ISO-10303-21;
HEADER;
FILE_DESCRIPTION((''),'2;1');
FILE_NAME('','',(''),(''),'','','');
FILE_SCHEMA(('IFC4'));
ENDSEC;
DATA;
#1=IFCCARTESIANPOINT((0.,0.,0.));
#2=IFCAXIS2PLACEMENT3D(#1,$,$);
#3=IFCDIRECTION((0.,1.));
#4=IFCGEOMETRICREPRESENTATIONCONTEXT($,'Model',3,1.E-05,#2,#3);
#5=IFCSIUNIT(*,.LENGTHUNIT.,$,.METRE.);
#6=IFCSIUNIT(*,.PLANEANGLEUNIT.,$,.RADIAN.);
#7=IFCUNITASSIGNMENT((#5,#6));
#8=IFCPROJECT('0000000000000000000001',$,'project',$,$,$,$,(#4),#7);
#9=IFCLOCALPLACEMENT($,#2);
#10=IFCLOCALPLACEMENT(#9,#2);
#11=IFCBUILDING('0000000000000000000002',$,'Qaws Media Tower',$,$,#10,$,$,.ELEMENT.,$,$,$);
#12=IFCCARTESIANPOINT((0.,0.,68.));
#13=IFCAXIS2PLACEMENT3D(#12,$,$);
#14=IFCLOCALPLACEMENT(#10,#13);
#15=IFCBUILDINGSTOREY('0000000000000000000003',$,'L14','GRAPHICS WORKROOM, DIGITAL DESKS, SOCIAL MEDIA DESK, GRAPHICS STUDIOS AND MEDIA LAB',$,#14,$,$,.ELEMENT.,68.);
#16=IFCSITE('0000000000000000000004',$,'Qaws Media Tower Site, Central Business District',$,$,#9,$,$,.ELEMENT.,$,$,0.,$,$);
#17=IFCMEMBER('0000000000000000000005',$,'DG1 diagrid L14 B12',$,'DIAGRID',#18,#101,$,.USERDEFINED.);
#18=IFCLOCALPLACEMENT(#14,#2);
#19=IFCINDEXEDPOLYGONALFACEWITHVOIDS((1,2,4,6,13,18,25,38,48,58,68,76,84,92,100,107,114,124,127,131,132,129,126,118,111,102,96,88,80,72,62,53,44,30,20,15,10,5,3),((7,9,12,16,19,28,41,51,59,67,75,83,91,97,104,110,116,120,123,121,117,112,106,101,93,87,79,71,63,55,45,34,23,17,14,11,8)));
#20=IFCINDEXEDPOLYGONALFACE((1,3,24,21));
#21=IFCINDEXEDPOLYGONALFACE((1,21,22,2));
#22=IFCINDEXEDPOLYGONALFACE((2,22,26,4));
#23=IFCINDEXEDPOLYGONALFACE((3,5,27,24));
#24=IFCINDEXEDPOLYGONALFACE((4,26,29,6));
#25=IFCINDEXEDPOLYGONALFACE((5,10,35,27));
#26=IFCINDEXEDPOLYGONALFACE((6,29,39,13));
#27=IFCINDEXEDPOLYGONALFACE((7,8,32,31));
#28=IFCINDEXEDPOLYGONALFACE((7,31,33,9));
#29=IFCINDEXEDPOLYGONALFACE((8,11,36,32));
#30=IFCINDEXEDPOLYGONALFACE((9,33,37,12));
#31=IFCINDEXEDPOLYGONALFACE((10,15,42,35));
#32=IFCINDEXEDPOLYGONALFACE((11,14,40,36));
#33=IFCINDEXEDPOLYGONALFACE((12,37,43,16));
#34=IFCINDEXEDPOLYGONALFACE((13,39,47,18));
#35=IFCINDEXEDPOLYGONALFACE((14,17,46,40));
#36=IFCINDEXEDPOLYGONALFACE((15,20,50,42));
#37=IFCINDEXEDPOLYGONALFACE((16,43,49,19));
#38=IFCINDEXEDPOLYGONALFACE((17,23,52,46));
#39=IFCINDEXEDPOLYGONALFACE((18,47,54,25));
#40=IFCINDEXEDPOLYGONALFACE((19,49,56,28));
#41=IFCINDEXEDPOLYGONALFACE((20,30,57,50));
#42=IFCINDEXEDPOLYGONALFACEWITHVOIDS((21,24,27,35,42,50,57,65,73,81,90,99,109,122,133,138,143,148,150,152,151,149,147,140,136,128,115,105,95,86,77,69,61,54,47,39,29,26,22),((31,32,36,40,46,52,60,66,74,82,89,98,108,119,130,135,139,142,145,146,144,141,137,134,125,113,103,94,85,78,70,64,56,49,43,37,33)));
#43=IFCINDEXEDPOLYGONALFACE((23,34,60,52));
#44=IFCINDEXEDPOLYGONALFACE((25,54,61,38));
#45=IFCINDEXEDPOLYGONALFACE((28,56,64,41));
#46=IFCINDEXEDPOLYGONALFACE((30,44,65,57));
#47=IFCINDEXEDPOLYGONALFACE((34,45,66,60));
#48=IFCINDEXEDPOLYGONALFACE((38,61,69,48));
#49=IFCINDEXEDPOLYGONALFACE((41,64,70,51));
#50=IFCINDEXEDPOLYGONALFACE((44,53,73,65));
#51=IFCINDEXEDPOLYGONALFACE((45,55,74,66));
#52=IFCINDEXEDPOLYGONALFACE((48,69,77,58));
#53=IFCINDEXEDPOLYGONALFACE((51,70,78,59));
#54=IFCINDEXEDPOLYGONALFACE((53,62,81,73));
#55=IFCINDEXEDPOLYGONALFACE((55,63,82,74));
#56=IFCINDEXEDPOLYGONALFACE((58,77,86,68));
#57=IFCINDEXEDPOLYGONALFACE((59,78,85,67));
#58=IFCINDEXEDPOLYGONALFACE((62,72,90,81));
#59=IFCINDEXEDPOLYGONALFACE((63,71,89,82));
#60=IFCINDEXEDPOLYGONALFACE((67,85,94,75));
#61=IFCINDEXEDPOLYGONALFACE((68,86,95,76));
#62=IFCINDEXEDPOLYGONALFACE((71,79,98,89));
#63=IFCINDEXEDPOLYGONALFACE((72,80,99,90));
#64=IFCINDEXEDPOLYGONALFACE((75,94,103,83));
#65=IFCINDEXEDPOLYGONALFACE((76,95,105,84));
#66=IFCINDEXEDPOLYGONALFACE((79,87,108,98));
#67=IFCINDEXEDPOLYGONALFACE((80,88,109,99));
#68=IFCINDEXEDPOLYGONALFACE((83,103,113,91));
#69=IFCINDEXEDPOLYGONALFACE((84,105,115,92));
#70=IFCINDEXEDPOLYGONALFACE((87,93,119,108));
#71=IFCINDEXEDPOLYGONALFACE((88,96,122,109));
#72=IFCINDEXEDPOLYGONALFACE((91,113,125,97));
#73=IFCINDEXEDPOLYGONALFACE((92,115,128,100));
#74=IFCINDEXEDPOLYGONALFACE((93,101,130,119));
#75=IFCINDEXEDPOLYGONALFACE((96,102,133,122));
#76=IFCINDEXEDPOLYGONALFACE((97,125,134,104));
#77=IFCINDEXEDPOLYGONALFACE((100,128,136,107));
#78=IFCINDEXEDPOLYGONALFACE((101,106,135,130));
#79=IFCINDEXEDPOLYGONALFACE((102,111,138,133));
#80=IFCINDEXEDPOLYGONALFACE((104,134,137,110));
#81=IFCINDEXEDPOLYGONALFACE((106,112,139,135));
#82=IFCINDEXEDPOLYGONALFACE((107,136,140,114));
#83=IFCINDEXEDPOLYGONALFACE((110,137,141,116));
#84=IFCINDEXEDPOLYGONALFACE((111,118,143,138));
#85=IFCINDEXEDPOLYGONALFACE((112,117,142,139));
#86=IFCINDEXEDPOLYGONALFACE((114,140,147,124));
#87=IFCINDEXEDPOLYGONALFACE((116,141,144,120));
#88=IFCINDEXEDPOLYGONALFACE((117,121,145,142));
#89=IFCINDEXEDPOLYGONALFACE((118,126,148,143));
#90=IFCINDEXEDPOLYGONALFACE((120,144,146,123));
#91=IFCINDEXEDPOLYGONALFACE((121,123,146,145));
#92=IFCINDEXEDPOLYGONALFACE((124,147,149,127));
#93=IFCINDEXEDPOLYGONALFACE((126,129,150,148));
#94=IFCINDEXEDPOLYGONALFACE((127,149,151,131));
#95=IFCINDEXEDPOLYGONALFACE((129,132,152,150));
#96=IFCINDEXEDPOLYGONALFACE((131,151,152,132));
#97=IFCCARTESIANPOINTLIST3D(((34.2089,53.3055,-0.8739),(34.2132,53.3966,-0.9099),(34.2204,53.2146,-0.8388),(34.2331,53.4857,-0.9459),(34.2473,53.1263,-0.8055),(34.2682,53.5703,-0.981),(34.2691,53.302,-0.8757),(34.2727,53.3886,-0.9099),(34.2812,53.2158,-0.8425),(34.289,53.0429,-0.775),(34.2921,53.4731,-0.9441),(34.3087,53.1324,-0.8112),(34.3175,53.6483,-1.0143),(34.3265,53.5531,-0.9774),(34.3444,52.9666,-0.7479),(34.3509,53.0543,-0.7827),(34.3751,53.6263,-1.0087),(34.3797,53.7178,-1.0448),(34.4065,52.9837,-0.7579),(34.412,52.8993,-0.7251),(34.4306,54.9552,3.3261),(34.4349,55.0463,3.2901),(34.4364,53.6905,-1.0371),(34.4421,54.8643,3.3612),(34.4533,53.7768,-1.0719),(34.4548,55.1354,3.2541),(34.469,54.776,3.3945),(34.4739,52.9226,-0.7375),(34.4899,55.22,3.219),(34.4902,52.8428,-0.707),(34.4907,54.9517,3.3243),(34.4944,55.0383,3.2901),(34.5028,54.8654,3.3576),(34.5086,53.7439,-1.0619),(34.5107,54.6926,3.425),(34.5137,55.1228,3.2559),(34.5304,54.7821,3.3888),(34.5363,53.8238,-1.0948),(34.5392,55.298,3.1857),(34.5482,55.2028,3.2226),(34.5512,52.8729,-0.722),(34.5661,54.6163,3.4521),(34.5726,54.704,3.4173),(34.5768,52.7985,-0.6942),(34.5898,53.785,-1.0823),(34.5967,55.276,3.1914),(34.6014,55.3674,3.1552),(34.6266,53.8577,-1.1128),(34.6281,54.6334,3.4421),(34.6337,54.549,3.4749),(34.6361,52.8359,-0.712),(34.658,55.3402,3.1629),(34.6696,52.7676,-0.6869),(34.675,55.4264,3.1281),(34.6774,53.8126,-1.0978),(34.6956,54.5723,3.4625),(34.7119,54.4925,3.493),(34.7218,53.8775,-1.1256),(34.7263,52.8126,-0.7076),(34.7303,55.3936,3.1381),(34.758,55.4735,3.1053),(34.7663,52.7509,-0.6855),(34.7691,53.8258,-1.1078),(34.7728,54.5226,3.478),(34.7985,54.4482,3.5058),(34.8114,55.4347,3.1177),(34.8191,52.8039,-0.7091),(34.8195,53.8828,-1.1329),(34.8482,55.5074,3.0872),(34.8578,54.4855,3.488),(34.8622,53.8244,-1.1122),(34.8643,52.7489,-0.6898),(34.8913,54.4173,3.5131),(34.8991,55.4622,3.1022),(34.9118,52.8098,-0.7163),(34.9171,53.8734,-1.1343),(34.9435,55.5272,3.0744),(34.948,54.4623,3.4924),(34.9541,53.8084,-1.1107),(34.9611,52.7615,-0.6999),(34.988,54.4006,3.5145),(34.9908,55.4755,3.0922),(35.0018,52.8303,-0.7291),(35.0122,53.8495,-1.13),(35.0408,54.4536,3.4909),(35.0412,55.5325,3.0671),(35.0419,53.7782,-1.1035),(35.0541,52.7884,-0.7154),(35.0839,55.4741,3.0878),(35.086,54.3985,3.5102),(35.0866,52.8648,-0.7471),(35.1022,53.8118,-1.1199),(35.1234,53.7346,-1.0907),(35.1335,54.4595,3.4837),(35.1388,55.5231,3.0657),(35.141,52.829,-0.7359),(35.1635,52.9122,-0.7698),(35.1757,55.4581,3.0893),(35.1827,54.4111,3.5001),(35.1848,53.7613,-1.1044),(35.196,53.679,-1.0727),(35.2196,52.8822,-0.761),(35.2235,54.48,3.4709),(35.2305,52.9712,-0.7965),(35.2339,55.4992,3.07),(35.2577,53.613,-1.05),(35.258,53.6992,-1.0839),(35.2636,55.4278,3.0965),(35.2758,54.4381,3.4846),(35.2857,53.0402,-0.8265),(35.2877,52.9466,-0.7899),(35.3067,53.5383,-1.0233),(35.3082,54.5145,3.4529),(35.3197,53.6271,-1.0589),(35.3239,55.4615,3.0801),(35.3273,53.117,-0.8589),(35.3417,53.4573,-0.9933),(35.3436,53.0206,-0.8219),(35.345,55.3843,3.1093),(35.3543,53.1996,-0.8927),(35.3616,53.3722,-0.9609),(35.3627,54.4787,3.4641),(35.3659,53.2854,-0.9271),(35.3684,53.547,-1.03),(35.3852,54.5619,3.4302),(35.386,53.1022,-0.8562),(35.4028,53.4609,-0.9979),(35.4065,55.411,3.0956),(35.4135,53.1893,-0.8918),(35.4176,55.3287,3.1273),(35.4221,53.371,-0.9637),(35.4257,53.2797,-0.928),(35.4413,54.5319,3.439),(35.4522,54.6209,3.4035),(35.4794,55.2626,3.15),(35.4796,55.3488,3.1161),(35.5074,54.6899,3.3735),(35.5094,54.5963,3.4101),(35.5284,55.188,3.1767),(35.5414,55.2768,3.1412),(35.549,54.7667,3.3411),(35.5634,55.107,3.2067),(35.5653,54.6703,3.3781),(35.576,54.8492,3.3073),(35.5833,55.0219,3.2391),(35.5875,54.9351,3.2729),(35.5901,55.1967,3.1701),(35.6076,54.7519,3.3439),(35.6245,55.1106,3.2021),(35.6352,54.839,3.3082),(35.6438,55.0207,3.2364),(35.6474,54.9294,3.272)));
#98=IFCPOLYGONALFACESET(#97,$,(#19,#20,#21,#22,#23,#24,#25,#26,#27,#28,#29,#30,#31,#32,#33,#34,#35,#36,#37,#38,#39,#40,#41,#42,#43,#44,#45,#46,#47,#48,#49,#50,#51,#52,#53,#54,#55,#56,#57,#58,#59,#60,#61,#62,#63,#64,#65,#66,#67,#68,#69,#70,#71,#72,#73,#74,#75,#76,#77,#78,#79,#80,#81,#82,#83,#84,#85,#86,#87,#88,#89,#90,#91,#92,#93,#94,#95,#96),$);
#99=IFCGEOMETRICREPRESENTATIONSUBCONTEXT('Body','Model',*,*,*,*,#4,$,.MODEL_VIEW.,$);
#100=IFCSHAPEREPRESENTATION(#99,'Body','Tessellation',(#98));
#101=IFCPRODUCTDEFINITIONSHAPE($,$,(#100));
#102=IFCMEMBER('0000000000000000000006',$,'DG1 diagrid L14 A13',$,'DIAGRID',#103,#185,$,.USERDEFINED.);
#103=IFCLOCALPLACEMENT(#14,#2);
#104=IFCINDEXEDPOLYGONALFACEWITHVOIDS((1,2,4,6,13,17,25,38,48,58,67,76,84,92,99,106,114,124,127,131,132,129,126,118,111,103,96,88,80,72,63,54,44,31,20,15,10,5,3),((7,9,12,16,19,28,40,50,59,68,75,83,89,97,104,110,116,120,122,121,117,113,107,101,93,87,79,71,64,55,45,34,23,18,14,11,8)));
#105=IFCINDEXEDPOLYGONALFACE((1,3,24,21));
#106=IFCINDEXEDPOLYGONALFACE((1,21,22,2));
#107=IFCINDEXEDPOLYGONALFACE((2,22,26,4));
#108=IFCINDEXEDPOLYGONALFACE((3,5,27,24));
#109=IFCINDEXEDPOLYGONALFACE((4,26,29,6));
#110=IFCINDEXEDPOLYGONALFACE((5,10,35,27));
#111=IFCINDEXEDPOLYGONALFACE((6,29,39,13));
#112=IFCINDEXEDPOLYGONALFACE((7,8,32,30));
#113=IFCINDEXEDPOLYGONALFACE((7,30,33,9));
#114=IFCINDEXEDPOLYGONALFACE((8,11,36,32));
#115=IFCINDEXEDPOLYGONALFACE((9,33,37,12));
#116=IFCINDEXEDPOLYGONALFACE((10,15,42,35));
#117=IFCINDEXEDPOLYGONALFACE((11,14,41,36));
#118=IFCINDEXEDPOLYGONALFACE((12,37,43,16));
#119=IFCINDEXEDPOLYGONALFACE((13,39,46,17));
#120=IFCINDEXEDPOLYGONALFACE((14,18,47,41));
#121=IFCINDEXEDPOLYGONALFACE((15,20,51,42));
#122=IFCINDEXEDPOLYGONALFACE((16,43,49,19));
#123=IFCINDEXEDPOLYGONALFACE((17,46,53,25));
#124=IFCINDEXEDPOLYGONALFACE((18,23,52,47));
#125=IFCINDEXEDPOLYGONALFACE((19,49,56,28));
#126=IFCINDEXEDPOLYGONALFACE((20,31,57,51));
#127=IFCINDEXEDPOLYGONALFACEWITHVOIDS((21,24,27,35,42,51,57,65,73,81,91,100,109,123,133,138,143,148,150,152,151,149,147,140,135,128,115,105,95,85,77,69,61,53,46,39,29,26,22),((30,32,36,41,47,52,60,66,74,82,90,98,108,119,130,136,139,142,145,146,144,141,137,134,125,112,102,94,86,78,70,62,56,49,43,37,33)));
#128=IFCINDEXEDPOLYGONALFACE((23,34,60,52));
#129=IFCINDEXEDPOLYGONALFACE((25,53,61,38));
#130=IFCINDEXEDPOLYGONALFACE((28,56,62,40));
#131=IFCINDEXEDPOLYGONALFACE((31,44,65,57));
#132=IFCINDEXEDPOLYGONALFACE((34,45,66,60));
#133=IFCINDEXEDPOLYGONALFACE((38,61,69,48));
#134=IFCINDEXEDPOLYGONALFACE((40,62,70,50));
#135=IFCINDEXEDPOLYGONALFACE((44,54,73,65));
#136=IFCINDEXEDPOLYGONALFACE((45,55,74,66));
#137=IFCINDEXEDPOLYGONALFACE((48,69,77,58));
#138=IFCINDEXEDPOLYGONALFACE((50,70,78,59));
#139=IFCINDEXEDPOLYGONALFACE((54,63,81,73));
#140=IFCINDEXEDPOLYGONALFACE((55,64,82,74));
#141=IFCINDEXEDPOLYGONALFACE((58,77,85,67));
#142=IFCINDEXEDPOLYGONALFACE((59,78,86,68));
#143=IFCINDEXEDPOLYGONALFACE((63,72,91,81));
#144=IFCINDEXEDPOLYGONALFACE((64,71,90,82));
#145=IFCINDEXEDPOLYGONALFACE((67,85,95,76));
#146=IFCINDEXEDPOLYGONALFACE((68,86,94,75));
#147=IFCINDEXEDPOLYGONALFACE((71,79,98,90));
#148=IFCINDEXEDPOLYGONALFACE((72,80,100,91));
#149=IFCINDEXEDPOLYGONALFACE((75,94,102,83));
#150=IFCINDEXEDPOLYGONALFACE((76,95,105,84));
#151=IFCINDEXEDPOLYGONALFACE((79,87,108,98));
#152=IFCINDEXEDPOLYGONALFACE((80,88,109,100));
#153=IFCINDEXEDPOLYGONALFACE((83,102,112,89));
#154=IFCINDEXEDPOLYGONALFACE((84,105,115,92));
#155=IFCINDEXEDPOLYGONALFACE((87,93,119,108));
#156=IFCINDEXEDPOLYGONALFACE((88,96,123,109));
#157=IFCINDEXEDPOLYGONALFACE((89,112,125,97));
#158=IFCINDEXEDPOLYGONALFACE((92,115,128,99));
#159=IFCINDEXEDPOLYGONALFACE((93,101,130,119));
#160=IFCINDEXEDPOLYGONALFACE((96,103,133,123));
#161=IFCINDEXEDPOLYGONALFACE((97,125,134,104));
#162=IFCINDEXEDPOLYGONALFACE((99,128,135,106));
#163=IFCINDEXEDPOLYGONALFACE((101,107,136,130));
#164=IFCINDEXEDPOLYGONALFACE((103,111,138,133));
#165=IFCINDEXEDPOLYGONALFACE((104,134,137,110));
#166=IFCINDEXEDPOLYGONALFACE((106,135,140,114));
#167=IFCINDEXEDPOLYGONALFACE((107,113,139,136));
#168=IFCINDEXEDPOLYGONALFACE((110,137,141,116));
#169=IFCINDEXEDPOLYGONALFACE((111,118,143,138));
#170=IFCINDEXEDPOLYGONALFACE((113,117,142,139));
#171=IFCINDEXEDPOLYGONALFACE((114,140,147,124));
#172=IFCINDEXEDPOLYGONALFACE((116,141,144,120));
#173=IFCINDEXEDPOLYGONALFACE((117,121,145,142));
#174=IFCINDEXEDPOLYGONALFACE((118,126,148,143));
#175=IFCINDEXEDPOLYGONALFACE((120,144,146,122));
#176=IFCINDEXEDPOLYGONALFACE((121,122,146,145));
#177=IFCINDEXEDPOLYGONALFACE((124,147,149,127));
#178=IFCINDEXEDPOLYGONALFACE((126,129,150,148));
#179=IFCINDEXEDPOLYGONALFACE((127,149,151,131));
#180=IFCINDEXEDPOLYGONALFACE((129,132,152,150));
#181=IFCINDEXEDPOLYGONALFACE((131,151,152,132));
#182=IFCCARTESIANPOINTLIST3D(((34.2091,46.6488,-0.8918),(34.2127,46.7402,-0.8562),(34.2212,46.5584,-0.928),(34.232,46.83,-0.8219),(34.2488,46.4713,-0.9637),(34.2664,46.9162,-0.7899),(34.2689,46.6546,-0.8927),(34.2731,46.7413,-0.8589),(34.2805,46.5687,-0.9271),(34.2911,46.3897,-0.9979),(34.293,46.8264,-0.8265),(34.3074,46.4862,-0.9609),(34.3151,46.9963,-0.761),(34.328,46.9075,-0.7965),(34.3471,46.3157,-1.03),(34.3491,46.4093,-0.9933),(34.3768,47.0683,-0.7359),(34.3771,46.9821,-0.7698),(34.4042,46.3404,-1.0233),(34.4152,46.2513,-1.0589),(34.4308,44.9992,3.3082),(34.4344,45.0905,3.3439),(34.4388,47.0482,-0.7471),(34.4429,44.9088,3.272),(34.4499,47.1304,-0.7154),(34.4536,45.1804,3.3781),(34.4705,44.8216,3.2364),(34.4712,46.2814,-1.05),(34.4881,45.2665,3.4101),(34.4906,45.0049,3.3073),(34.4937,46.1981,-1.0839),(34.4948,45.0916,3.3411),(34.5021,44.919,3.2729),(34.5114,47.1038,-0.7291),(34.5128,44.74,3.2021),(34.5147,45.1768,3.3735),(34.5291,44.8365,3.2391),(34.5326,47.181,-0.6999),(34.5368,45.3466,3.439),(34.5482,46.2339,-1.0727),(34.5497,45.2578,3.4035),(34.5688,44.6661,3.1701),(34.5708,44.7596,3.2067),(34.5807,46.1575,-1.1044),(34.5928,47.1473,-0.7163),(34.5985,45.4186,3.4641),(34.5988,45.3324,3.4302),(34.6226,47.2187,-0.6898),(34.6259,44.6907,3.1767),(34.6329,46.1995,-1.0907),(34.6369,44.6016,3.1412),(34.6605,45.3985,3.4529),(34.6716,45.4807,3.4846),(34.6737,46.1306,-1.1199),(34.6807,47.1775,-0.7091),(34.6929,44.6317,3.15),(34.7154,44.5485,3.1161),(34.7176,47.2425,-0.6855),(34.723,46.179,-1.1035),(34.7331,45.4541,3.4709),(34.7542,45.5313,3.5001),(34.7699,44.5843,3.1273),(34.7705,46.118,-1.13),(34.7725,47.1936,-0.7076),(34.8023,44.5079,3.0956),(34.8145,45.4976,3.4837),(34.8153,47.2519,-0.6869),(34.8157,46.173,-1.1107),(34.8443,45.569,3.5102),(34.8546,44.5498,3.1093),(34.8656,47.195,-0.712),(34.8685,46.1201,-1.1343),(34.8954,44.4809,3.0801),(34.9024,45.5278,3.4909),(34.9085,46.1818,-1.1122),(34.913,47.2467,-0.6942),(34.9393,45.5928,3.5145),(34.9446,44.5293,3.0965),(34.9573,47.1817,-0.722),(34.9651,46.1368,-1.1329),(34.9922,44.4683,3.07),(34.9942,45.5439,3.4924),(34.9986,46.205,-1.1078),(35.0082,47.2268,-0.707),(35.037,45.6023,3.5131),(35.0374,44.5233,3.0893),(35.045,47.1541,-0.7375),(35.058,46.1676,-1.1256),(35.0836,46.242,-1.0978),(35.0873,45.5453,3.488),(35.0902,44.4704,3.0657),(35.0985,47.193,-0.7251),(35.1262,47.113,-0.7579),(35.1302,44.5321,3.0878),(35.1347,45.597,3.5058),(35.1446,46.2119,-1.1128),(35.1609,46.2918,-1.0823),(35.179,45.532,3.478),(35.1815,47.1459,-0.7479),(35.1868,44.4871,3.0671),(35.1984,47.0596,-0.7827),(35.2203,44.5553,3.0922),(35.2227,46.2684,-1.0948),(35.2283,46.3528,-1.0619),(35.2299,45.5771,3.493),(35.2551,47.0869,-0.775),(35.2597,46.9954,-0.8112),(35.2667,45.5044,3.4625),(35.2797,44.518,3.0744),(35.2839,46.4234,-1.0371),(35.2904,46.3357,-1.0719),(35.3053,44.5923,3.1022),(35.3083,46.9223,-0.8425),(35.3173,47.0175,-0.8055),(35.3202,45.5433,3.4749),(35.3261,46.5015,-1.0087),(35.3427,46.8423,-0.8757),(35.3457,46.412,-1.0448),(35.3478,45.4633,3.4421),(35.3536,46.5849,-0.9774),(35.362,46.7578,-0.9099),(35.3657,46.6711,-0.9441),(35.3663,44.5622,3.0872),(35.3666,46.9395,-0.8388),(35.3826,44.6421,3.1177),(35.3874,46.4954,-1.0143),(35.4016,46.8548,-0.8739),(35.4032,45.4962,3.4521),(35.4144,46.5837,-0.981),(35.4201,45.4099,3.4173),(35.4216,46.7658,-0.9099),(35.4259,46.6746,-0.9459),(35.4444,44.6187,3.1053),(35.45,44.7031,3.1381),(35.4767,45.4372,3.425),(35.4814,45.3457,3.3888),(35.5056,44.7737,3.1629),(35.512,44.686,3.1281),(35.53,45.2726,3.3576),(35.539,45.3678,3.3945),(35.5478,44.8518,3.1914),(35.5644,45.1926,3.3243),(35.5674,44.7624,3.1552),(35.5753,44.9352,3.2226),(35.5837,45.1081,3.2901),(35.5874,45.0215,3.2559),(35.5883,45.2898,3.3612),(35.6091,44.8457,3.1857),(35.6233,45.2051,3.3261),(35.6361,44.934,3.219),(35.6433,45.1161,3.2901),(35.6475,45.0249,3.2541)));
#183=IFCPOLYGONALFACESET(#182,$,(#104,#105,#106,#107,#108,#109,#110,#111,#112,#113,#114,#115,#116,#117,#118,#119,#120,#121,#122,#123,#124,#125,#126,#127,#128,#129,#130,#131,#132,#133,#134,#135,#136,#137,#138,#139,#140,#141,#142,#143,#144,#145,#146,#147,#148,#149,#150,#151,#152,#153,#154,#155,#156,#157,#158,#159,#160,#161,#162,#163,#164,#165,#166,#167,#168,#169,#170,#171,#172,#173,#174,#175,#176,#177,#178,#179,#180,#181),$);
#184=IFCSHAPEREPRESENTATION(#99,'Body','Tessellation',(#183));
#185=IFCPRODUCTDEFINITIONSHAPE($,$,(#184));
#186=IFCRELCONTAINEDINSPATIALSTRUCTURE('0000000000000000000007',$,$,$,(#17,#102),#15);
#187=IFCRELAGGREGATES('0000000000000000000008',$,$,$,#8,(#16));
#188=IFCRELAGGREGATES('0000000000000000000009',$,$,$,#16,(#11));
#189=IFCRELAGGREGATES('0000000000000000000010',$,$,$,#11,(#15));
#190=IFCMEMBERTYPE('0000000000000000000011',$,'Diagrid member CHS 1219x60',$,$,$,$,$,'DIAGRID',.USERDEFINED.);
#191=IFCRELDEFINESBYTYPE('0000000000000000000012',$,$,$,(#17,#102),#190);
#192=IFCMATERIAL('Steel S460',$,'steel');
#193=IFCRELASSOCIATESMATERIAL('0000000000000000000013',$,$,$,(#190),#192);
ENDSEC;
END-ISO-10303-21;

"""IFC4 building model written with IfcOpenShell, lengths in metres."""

from ifc_helpers import new_model, si_unit, direction, frame, origin, origin_2d, place, context, subcontext, project, spatial, hollow_circle, extrude, material, material_profile, profile_set, type_object, element, save


model = new_model("IFC4")

# Units and contexts
model_context = context("Model", 3, precision=1e-05, world=origin(), true_north=direction((0.0, 1.0)))
body_context = subcontext(model_context, "Body", "Model", "MODEL_VIEW")
ifc_project = project(units=[si_unit("LENGTHUNIT", "METRE"), si_unit("PLANEANGLEUNIT", "RADIAN")], contexts=[model_context])

# Site, building, storey
site_placement = place(None, origin())
site = spatial("IfcSite", under=ifc_project, at=site_placement, Name="Qaws Media Tower Site, Central Business District", CompositionType="ELEMENT", RefElevation=0.0)
building_placement = place(site_placement, origin())
building = spatial("IfcBuilding", under=site, at=building_placement, Name="Qaws Media Tower", CompositionType="ELEMENT")
storey_placement = place(building_placement, frame((0.0, 0.0, 68.0)))
storey = spatial("IfcBuildingStorey", under=building, at=storey_placement, Name="L14", Description="GRAPHICS WORKROOM, DIGITAL DESKS, SOCIAL MEDIA DESK, GRAPHICS STUDIOS AND MEDIA LAB", CompositionType="ELEMENT", Elevation=68.0)

# Members
ifc_material_1 = material(Name="Steel S460", Category="steel")
ifc_material_profile_1 = material_profile(ifc_material_1, hollow_circle(Radius=0.6096, WallThickness=0.0601, at=origin_2d()), Name="CHS 1219x60")
ifc_profile_set_1 = profile_set([ifc_material_profile_1], Name="Steel S460")
member_type_1 = type_object("IfcMemberType", Name="Diagrid member CHS 1219x60", ElementType="DIAGRID", PredefinedType="USERDEFINED", material=ifc_profile_set_1)
for number, where, z_axis, x_axis, name in (
    (1, (34.8174, 53.3154, -0.9099), (0.049069, 0.36515, 0.929655), (-0.991092, 0.133182, 0.0), "DG1 diagrid L14 B12"),
    (2, (34.8174, 46.6846, -0.9099), (0.049069, -0.36515, 0.929655), (0.991092, 0.133182, 0.0), "DG1 diagrid L14 A13"),
):
    element("IfcMember", number, at=place(storey_placement, frame(where, z_axis=z_axis, x_axis=x_axis)), inside=storey, type_object=member_type_1, Name=name, ObjectType="DIAGRID", PredefinedType="USERDEFINED", context=body_context, shape_type="SweptSolid", body=[
        extrude(hollow_circle(Radius=0.6096, WallThickness=0.0601, at=origin_2d()), origin(), (0.0, 0.0, 1.0), 4.5178),
    ])

save(model, "model.ifc")
